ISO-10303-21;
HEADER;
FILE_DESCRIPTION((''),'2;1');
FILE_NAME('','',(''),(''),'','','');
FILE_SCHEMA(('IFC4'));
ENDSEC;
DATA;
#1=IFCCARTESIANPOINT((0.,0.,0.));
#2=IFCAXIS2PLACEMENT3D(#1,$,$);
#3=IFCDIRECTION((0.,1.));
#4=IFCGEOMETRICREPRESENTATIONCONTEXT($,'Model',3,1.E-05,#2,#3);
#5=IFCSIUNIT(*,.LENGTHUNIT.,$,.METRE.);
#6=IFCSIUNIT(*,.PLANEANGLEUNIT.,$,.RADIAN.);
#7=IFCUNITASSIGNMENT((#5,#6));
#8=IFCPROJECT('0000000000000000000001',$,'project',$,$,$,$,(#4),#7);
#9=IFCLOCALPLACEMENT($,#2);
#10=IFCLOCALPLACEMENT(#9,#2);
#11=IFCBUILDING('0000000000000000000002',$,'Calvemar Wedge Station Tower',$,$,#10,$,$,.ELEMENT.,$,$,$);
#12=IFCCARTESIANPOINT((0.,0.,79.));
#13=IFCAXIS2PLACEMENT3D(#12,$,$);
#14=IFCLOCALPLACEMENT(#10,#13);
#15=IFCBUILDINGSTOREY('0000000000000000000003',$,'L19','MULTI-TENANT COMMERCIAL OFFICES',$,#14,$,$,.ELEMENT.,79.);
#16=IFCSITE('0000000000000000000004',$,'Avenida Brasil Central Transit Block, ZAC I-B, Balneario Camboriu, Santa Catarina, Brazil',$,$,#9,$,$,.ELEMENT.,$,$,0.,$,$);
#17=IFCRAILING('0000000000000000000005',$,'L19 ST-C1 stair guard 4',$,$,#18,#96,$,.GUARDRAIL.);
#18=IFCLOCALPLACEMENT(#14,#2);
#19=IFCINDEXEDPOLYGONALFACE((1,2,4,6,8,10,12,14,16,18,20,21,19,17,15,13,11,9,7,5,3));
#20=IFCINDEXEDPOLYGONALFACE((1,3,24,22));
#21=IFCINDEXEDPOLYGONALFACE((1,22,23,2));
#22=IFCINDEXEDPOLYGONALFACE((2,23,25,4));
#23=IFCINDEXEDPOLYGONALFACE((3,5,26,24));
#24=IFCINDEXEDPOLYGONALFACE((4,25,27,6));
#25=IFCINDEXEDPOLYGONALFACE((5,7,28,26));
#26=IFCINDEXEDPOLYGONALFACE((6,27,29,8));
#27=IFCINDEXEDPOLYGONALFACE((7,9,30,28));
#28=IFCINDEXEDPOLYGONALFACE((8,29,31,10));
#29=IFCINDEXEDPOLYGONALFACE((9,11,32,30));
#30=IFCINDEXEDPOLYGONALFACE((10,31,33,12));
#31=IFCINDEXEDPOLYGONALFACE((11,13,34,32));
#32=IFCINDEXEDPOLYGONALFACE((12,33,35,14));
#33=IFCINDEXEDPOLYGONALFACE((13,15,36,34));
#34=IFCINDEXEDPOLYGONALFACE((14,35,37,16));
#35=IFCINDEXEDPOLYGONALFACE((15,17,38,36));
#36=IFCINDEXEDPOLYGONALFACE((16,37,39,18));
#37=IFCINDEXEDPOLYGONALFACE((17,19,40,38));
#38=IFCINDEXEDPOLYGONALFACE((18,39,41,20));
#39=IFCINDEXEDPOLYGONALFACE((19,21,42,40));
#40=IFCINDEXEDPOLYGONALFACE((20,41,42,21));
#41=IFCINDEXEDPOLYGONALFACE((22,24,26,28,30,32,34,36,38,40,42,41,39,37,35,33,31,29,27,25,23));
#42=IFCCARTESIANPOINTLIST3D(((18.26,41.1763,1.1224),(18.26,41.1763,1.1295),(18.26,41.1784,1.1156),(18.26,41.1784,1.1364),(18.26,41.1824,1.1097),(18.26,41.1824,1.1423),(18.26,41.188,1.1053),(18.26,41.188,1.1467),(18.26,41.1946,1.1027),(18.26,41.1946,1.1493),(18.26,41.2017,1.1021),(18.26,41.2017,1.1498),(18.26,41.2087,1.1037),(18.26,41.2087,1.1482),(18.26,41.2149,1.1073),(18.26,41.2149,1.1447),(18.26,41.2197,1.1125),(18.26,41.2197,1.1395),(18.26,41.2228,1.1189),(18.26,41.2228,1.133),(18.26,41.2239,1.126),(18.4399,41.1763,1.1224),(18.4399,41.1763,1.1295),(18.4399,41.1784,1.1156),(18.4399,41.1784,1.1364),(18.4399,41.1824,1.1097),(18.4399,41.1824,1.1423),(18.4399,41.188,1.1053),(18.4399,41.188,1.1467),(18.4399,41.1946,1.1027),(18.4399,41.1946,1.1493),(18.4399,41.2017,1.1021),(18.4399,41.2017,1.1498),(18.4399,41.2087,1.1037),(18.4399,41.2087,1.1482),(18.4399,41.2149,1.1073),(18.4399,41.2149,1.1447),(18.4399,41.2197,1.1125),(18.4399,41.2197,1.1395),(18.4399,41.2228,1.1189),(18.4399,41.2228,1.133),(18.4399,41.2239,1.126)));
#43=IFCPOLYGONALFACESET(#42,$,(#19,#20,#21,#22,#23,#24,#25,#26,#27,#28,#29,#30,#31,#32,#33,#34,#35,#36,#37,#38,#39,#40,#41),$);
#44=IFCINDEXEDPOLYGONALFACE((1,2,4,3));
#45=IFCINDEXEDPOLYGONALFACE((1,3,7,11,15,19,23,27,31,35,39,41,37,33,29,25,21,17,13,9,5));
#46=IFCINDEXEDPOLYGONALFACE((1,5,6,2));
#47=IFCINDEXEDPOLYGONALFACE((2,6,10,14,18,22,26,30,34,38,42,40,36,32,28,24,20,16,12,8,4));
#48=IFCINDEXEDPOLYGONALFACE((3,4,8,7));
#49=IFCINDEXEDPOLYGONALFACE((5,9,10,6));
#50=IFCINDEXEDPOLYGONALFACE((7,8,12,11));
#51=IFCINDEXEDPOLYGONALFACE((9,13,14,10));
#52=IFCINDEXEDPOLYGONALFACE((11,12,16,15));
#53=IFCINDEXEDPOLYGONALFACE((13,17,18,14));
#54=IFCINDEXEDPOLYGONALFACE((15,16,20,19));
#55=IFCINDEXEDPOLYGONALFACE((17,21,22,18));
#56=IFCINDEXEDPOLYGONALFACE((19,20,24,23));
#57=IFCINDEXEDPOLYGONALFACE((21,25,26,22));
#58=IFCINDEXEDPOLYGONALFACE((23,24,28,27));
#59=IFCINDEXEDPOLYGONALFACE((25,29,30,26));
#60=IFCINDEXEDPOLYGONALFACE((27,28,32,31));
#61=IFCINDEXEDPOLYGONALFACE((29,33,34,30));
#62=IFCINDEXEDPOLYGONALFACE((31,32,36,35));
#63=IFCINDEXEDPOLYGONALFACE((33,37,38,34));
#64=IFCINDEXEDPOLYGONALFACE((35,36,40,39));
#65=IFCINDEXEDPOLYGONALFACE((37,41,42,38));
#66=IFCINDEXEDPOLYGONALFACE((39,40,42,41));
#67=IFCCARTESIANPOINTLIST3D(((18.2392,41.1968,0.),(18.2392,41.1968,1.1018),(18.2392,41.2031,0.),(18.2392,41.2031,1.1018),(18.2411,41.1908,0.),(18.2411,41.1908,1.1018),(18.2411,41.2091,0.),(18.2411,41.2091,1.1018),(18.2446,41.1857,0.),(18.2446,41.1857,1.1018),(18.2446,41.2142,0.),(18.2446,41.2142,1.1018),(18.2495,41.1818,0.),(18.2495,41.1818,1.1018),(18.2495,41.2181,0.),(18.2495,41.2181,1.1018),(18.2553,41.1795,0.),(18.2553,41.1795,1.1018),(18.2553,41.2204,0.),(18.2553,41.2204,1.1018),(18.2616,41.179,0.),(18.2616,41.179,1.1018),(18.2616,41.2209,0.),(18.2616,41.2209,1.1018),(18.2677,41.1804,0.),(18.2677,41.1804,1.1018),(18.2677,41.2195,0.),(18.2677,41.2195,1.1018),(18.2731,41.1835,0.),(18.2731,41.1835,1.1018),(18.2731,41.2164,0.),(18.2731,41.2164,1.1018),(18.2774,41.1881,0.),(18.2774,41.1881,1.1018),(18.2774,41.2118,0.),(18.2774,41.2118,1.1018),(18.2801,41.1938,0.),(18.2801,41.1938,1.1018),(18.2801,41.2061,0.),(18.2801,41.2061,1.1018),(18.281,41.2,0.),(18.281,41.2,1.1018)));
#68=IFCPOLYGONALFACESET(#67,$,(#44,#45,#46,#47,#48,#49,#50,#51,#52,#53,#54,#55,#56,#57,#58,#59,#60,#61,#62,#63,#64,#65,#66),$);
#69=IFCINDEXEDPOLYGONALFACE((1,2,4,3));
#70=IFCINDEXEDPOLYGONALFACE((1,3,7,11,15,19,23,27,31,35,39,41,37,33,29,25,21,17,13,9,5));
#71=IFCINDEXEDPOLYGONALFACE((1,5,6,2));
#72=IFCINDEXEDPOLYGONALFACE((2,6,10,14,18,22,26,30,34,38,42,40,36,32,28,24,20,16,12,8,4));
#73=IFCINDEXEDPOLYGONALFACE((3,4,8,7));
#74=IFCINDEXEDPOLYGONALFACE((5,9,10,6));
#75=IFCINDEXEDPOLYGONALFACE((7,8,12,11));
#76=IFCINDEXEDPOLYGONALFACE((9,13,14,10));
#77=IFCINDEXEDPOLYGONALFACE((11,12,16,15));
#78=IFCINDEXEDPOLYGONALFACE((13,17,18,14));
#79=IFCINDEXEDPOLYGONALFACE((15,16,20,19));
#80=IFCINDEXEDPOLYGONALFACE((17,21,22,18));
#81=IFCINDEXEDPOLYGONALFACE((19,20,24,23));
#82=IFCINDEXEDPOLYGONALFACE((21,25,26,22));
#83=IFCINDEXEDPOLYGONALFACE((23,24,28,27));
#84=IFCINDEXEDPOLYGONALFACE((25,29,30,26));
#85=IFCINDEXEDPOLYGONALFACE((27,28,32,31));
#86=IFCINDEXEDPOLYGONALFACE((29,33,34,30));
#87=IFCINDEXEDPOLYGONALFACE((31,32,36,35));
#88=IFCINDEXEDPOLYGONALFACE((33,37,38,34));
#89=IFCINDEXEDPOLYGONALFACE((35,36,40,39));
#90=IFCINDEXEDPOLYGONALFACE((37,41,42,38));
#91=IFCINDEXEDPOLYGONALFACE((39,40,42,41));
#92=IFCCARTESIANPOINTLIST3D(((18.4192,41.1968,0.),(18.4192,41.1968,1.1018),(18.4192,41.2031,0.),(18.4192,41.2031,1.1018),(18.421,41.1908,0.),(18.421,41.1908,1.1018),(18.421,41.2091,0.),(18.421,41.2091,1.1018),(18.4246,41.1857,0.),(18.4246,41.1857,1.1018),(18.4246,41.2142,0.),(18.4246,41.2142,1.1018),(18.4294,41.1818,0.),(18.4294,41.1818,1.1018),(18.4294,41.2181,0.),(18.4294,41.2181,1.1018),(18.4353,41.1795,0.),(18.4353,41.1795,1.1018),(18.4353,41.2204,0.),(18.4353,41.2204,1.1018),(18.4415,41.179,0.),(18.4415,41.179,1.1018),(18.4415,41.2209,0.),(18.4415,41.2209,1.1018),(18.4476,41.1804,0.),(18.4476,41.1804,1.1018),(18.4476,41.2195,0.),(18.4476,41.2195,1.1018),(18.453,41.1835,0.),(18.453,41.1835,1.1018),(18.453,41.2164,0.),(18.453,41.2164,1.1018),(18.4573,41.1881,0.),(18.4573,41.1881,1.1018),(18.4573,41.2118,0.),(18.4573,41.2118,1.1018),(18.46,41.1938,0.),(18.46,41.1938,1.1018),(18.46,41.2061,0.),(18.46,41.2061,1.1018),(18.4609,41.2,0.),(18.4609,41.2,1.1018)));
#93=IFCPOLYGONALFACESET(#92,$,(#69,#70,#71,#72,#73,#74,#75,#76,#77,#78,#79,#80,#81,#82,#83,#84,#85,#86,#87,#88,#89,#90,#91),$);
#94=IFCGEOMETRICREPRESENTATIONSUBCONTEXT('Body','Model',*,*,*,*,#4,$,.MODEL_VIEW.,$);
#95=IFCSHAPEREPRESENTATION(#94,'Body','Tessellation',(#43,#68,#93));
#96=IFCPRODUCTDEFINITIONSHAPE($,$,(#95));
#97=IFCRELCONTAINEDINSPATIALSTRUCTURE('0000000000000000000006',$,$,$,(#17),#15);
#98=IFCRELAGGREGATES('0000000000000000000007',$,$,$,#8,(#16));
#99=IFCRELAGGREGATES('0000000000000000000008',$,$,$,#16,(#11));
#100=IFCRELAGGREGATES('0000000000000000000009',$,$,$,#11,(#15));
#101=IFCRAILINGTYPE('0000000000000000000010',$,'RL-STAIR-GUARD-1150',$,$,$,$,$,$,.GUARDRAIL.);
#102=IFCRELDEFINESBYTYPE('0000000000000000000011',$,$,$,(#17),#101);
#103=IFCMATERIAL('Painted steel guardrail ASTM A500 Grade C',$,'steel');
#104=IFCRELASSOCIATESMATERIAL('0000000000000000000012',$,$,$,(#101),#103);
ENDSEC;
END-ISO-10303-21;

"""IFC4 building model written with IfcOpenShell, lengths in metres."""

from ifc_helpers import new_model, si_unit, direction, frame, origin, origin_2d, place, context, subcontext, project, spatial, circle, extrude, material, type_object, element, save


model = new_model("IFC4")

# Units and contexts
model_context = context("Model", 3, precision=1e-05, world=origin(), true_north=direction((0.0, 1.0)))
body_context = subcontext(model_context, "Body", "Model", "MODEL_VIEW")
ifc_project = project(units=[si_unit("LENGTHUNIT", "METRE"), si_unit("PLANEANGLEUNIT", "RADIAN")], contexts=[model_context])

# Site, building, storey
site_placement = place(None, origin())
site = spatial("IfcSite", under=ifc_project, at=site_placement, Name="Avenida Brasil Central Transit Block, ZAC I-B, Balneario Camboriu, Santa Catarina, Brazil", CompositionType="ELEMENT", RefElevation=0.0)
building_placement = place(site_placement, origin())
building = spatial("IfcBuilding", under=site, at=building_placement, Name="Calvemar Wedge Station Tower", CompositionType="ELEMENT")
storey_placement = place(building_placement, frame((0.0, 0.0, 79.0)))
storey = spatial("IfcBuildingStorey", under=building, at=storey_placement, Name="L19", Description="MULTI-TENANT COMMERCIAL OFFICES", CompositionType="ELEMENT", Elevation=79.0)

# Railing
ifc_material_1 = material(Name="Painted steel guardrail ASTM A500 Grade C", Category="steel")
railing_type_1 = type_object("IfcRailingType", Name="RL-STAIR-GUARD-1150", PredefinedType="GUARDRAIL", material=ifc_material_1)
railing_1_placement = place(storey_placement, frame((18.26, 41.2, 0.0)))
element("IfcRailing", 1, at=railing_1_placement, inside=storey, type_object=railing_type_1, Name="L19 ST-C1 stair guard 4", PredefinedType="GUARDRAIL", context=body_context, shape_type="SweptSolid", body=[
    extrude(circle(Radius=0.0239, at=origin_2d()), frame((0.0, 0.0, 1.126), z_axis=(1.0, 0.0, 0.0), x_axis=(0.0, 1.0, 0.0)), (0.0, 0.0, 1.0), 0.1799),
    extrude(circle(Radius=0.021, at=origin_2d()), origin(), (0.0, 0.0, 1.0), 1.1018),
    extrude(circle(Radius=0.021, at=origin_2d()), frame((0.1799, 0.0, 0.0)), (0.0, 0.0, 1.0), 1.1018),
])

save(model, "model.ifc")
